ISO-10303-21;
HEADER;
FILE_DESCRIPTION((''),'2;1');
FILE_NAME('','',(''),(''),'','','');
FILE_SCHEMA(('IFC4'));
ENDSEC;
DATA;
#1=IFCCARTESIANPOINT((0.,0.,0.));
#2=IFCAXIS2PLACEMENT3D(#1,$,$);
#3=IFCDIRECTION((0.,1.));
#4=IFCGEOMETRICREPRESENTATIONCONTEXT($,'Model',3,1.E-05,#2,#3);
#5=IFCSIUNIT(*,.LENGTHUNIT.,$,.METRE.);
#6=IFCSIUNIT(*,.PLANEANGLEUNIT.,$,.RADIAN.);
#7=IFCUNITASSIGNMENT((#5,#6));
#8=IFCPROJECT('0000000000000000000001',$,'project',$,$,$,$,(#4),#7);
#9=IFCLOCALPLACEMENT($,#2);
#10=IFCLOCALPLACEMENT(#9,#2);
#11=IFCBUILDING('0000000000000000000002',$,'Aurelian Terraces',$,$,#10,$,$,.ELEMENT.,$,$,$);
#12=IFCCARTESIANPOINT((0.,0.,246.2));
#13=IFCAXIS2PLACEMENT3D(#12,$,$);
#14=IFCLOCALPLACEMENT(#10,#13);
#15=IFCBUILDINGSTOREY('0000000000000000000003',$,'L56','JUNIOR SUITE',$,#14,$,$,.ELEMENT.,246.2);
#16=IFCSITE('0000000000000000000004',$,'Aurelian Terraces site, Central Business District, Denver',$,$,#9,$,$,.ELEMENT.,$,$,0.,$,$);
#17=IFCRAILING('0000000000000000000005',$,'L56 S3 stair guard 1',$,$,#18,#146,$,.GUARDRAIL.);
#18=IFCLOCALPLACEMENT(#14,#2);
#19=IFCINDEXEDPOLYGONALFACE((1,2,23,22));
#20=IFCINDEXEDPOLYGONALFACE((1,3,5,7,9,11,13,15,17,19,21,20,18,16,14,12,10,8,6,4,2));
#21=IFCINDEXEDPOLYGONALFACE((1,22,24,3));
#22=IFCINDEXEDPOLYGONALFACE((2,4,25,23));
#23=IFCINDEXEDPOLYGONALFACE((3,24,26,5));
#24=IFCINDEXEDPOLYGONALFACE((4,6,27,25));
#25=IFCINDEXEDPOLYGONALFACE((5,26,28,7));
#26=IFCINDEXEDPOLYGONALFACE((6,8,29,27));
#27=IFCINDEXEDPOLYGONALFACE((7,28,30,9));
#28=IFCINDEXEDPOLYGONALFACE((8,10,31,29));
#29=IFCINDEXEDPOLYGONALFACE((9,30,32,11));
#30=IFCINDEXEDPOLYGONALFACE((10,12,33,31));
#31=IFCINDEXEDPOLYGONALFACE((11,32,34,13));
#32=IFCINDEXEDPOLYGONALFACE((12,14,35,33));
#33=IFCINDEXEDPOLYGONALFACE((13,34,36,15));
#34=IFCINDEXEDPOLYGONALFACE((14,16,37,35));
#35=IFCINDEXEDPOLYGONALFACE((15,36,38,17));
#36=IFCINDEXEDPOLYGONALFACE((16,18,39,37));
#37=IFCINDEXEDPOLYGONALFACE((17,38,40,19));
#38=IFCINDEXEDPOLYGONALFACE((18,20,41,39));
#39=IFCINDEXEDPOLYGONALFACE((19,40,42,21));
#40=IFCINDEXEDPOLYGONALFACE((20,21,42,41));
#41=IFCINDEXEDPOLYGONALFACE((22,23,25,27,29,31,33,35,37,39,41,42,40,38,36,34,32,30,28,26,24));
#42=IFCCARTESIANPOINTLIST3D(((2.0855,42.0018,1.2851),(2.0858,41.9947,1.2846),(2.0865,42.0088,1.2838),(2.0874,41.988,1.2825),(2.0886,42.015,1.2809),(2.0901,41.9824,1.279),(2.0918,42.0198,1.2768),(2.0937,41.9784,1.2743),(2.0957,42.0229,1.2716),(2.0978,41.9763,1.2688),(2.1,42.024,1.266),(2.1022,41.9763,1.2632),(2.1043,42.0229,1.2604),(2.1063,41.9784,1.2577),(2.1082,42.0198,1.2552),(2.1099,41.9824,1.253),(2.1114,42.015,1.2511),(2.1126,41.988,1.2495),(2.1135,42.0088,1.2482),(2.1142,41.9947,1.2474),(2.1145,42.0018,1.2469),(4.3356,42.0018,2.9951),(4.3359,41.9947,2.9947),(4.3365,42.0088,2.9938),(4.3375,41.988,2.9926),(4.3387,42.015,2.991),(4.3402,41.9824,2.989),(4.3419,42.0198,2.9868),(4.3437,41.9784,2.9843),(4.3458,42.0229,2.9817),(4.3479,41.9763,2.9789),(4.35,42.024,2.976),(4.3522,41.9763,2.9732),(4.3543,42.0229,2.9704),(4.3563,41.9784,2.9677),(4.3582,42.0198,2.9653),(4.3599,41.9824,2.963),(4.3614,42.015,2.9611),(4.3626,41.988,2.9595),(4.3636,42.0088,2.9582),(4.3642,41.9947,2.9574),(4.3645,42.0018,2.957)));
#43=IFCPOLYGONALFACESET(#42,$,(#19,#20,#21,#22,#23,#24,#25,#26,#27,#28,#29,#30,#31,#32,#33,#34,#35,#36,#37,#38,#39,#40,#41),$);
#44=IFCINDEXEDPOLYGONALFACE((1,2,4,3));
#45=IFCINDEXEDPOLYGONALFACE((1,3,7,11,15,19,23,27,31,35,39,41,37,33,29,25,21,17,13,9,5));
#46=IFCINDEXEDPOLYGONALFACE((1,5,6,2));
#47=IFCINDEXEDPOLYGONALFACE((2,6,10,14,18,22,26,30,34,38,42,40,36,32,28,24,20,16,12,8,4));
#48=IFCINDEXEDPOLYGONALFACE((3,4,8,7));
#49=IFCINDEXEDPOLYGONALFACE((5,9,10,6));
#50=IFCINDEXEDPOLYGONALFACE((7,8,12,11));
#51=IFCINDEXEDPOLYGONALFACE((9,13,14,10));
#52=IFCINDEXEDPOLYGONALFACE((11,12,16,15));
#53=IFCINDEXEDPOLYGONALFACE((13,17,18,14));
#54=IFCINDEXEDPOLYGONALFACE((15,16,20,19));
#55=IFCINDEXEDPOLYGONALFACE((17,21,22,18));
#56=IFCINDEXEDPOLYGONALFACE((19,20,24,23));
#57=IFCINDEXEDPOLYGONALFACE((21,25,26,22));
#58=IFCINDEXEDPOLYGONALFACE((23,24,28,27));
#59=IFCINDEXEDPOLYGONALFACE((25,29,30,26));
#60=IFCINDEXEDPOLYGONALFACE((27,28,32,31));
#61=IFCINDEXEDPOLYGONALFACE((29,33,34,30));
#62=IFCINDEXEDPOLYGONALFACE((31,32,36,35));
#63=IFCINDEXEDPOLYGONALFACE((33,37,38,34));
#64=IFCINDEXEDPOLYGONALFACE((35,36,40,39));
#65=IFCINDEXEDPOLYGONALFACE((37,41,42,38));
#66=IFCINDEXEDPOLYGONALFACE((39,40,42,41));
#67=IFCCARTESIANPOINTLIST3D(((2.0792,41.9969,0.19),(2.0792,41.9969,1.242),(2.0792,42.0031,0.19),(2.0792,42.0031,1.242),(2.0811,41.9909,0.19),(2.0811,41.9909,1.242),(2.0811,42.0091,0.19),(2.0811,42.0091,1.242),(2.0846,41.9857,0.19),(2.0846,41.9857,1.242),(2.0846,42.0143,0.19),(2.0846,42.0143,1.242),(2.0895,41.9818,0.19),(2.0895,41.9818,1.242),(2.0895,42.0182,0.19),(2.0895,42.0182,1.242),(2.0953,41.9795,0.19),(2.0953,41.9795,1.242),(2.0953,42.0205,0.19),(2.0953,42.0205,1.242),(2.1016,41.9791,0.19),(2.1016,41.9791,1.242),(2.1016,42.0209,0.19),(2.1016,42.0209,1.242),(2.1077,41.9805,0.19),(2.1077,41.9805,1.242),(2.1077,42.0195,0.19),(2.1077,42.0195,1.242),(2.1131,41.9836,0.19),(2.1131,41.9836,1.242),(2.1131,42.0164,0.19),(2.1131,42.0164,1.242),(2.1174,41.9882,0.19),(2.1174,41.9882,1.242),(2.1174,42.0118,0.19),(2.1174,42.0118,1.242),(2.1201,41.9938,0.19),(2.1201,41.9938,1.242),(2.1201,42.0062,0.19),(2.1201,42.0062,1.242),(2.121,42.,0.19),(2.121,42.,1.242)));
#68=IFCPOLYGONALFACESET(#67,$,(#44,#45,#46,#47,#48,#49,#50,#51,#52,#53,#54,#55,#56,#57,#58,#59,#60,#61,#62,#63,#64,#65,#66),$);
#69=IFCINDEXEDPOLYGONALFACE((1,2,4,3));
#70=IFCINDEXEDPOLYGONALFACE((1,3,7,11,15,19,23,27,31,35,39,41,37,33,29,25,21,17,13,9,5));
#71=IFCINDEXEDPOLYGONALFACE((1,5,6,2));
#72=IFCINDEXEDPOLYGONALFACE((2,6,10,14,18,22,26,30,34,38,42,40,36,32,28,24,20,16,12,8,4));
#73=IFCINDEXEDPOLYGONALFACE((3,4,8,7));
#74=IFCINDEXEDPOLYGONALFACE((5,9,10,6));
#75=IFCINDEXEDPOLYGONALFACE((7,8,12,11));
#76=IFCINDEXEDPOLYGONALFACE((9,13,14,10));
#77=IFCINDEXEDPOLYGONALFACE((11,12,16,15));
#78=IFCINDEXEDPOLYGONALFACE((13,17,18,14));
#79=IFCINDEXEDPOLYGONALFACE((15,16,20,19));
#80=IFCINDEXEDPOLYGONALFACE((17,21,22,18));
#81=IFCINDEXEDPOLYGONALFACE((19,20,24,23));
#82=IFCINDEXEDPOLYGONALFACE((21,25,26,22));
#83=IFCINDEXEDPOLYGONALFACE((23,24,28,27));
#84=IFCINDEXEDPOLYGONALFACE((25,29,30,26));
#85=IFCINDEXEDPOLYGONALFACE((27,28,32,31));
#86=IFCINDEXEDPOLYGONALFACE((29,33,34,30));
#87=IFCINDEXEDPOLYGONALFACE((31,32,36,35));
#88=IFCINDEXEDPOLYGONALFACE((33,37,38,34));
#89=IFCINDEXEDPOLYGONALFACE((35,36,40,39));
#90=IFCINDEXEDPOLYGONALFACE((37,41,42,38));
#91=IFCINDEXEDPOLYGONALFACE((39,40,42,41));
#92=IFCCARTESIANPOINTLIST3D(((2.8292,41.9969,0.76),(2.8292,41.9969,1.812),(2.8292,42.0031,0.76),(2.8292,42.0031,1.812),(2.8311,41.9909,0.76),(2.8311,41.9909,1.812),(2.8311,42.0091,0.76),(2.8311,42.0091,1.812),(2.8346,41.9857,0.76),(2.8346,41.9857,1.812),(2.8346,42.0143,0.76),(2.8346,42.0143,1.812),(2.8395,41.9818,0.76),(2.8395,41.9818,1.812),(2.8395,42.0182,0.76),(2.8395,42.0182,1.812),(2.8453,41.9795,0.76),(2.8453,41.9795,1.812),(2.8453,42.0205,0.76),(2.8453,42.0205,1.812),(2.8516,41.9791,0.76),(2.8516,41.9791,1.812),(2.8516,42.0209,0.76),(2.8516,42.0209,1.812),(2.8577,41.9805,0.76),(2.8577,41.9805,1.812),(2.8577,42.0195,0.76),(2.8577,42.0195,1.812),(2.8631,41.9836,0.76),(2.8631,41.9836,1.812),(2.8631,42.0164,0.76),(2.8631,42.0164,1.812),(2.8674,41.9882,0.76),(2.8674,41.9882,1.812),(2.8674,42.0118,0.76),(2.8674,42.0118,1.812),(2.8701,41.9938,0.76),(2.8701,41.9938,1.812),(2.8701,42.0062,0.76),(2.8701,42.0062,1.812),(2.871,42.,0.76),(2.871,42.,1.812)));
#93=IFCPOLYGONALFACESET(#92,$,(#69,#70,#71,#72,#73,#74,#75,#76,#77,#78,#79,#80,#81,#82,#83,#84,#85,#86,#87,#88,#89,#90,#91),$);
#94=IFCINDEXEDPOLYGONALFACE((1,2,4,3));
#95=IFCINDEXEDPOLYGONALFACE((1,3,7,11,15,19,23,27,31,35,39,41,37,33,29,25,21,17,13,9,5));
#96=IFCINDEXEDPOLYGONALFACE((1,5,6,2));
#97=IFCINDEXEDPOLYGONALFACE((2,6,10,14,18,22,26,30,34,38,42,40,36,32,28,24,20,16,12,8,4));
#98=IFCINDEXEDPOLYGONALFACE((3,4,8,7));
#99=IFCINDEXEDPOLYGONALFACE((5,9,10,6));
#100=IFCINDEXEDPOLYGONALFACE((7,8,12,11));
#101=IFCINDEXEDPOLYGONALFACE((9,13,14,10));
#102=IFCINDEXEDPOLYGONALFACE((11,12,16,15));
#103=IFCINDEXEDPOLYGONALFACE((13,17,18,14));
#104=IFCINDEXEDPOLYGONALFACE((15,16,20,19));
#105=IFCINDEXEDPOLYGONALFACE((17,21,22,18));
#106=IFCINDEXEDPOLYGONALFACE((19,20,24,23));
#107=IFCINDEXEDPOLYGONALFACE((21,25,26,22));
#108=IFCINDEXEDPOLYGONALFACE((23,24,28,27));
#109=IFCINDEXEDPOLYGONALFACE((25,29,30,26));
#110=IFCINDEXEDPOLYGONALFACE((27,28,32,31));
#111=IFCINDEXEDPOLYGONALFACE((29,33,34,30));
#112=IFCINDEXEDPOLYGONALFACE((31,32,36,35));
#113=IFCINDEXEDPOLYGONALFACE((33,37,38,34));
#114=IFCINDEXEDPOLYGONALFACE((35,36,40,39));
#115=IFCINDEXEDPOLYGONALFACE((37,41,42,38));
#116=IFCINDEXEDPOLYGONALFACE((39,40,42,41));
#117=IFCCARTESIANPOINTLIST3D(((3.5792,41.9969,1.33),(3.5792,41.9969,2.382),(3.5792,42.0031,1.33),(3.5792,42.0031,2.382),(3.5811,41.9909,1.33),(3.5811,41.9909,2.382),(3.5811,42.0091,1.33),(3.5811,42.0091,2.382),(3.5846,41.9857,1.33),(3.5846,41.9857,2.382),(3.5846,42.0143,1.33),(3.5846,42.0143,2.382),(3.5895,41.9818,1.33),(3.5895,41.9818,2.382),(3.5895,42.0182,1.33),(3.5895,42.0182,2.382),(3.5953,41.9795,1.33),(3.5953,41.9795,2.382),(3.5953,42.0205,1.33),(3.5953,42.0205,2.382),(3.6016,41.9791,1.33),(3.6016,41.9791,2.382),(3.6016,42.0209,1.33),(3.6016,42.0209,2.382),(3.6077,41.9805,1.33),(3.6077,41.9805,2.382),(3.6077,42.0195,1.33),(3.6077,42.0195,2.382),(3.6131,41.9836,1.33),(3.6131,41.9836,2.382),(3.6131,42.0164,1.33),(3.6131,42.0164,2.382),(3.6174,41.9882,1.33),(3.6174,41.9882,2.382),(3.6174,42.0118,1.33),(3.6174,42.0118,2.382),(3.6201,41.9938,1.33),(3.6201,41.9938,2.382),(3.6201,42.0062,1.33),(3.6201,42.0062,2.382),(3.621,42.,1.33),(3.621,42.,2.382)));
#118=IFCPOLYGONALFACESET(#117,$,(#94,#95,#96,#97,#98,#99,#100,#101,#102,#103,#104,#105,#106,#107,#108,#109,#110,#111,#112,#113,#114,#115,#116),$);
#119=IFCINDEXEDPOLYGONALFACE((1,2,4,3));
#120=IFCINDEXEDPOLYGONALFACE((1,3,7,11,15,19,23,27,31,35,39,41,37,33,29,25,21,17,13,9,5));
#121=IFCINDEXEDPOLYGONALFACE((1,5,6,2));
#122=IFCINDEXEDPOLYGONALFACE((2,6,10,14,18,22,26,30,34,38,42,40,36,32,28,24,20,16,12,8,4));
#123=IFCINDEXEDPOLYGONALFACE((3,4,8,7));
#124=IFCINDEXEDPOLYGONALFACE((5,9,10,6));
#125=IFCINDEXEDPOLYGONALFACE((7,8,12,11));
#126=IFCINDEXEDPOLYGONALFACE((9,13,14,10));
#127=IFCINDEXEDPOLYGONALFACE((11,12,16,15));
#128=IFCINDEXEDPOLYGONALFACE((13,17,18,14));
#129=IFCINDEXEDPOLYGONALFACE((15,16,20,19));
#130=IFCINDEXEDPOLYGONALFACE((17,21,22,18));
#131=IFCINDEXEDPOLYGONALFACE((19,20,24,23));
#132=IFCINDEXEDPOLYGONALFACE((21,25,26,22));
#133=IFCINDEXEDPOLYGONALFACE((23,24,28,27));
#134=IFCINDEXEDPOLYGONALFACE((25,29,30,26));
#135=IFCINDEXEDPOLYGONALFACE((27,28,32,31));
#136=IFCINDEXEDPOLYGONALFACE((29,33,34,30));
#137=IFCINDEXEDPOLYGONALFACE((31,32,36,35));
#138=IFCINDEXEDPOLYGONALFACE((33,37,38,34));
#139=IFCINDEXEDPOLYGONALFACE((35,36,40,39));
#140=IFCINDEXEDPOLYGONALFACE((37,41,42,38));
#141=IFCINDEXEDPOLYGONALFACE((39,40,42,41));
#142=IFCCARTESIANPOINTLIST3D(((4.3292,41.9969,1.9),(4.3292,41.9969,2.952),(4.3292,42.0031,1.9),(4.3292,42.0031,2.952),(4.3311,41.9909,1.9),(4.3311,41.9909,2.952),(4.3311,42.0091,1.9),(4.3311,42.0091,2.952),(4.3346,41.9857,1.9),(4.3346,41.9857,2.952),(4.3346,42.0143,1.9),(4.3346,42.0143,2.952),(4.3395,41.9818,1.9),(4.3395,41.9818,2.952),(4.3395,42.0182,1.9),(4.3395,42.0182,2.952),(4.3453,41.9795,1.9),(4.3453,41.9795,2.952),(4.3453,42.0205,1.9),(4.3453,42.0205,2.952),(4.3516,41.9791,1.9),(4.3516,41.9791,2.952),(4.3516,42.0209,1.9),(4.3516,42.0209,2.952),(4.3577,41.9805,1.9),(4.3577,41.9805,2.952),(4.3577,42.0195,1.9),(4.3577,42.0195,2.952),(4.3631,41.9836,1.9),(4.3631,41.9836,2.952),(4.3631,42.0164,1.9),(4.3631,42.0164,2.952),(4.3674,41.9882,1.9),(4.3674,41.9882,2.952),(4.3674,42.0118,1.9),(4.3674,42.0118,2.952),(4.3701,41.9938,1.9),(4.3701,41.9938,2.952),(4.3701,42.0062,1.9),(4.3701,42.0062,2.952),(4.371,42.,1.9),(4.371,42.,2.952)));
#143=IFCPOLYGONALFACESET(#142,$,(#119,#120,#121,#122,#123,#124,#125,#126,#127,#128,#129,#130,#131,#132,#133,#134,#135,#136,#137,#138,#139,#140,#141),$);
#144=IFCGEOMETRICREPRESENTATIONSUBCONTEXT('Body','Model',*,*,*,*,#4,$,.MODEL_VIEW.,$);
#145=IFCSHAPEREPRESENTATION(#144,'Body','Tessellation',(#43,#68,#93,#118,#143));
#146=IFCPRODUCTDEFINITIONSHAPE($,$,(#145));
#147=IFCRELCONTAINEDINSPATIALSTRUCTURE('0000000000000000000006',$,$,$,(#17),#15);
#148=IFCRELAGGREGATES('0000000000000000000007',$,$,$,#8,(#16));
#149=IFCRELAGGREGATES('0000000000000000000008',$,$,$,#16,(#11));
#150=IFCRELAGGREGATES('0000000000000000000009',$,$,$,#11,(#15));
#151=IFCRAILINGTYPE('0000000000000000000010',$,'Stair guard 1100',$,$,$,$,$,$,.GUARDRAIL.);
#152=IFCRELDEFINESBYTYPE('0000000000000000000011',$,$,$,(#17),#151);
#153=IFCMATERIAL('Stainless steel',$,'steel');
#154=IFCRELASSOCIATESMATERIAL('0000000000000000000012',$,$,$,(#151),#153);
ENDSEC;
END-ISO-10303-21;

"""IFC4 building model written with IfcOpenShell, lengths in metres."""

from ifc_helpers import new_model, si_unit, direction, frame, origin, origin_2d, place, context, subcontext, project, spatial, circle, extrude, source, transform, mapped, material, type_object, element, save


model = new_model("IFC4")

# Units and contexts
model_context = context("Model", 3, precision=1e-05, world=origin(), true_north=direction((0.0, 1.0)))
body_context = subcontext(model_context, "Body", "Model", "MODEL_VIEW")
ifc_project = project(units=[si_unit("LENGTHUNIT", "METRE"), si_unit("PLANEANGLEUNIT", "RADIAN")], contexts=[model_context])

# Site, building, storey
site_placement = place(None, origin())
site = spatial("IfcSite", under=ifc_project, at=site_placement, Name="Aurelian Terraces site, Central Business District, Denver", CompositionType="ELEMENT", RefElevation=0.0)
building_placement = place(site_placement, origin())
building = spatial("IfcBuilding", under=site, at=building_placement, Name="Aurelian Terraces", CompositionType="ELEMENT")
storey_placement = place(building_placement, frame((0.0, 0.0, 246.2)))
storey = spatial("IfcBuildingStorey", under=building, at=storey_placement, Name="L56", Description="JUNIOR SUITE", CompositionType="ELEMENT", Elevation=246.2)

# Railing
ifc_material_1 = material(Name="Stainless steel", Category="steel")
railing_type_1 = type_object("IfcRailingType", Name="Stair guard 1100", PredefinedType="GUARDRAIL", material=ifc_material_1)
shared_shape_1 = source(origin(), body_context, "Body", "SweptSolid", [
    extrude(circle(Radius=0.024, at=origin_2d()), frame((0.0, 0.0, 1.076), z_axis=(0.796162, 0.0, 0.605083), x_axis=(0.0, 1.0, 0.0)), (0.0, 0.0, 1.0), 2.8261),
    extrude(circle(Radius=0.021, at=origin_2d()), origin(), (0.0, 0.0, 1.0), 1.052),
    extrude(circle(Radius=0.021, at=origin_2d()), frame((0.75, 0.0, 0.57)), (0.0, 0.0, 1.0), 1.052),
    extrude(circle(Radius=0.021, at=origin_2d()), frame((1.5, 0.0, 1.14)), (0.0, 0.0, 1.0), 1.052),
    extrude(circle(Radius=0.021, at=origin_2d()), frame((2.25, 0.0, 1.71)), (0.0, 0.0, 1.0), 1.052),
])
railing_1_placement = place(storey_placement, frame((2.1, 42.0, 0.19)))
element("IfcRailing", 1, at=railing_1_placement, inside=storey, type_object=railing_type_1, Name="L56 S3 stair guard 1", PredefinedType="GUARDRAIL", context=body_context, shape_type="MappedRepresentation", body=[
    mapped(shared_shape_1, transform((0.0, 0.0, 0.0), scale=1.0)),
])

save(model, "model.ifc")
